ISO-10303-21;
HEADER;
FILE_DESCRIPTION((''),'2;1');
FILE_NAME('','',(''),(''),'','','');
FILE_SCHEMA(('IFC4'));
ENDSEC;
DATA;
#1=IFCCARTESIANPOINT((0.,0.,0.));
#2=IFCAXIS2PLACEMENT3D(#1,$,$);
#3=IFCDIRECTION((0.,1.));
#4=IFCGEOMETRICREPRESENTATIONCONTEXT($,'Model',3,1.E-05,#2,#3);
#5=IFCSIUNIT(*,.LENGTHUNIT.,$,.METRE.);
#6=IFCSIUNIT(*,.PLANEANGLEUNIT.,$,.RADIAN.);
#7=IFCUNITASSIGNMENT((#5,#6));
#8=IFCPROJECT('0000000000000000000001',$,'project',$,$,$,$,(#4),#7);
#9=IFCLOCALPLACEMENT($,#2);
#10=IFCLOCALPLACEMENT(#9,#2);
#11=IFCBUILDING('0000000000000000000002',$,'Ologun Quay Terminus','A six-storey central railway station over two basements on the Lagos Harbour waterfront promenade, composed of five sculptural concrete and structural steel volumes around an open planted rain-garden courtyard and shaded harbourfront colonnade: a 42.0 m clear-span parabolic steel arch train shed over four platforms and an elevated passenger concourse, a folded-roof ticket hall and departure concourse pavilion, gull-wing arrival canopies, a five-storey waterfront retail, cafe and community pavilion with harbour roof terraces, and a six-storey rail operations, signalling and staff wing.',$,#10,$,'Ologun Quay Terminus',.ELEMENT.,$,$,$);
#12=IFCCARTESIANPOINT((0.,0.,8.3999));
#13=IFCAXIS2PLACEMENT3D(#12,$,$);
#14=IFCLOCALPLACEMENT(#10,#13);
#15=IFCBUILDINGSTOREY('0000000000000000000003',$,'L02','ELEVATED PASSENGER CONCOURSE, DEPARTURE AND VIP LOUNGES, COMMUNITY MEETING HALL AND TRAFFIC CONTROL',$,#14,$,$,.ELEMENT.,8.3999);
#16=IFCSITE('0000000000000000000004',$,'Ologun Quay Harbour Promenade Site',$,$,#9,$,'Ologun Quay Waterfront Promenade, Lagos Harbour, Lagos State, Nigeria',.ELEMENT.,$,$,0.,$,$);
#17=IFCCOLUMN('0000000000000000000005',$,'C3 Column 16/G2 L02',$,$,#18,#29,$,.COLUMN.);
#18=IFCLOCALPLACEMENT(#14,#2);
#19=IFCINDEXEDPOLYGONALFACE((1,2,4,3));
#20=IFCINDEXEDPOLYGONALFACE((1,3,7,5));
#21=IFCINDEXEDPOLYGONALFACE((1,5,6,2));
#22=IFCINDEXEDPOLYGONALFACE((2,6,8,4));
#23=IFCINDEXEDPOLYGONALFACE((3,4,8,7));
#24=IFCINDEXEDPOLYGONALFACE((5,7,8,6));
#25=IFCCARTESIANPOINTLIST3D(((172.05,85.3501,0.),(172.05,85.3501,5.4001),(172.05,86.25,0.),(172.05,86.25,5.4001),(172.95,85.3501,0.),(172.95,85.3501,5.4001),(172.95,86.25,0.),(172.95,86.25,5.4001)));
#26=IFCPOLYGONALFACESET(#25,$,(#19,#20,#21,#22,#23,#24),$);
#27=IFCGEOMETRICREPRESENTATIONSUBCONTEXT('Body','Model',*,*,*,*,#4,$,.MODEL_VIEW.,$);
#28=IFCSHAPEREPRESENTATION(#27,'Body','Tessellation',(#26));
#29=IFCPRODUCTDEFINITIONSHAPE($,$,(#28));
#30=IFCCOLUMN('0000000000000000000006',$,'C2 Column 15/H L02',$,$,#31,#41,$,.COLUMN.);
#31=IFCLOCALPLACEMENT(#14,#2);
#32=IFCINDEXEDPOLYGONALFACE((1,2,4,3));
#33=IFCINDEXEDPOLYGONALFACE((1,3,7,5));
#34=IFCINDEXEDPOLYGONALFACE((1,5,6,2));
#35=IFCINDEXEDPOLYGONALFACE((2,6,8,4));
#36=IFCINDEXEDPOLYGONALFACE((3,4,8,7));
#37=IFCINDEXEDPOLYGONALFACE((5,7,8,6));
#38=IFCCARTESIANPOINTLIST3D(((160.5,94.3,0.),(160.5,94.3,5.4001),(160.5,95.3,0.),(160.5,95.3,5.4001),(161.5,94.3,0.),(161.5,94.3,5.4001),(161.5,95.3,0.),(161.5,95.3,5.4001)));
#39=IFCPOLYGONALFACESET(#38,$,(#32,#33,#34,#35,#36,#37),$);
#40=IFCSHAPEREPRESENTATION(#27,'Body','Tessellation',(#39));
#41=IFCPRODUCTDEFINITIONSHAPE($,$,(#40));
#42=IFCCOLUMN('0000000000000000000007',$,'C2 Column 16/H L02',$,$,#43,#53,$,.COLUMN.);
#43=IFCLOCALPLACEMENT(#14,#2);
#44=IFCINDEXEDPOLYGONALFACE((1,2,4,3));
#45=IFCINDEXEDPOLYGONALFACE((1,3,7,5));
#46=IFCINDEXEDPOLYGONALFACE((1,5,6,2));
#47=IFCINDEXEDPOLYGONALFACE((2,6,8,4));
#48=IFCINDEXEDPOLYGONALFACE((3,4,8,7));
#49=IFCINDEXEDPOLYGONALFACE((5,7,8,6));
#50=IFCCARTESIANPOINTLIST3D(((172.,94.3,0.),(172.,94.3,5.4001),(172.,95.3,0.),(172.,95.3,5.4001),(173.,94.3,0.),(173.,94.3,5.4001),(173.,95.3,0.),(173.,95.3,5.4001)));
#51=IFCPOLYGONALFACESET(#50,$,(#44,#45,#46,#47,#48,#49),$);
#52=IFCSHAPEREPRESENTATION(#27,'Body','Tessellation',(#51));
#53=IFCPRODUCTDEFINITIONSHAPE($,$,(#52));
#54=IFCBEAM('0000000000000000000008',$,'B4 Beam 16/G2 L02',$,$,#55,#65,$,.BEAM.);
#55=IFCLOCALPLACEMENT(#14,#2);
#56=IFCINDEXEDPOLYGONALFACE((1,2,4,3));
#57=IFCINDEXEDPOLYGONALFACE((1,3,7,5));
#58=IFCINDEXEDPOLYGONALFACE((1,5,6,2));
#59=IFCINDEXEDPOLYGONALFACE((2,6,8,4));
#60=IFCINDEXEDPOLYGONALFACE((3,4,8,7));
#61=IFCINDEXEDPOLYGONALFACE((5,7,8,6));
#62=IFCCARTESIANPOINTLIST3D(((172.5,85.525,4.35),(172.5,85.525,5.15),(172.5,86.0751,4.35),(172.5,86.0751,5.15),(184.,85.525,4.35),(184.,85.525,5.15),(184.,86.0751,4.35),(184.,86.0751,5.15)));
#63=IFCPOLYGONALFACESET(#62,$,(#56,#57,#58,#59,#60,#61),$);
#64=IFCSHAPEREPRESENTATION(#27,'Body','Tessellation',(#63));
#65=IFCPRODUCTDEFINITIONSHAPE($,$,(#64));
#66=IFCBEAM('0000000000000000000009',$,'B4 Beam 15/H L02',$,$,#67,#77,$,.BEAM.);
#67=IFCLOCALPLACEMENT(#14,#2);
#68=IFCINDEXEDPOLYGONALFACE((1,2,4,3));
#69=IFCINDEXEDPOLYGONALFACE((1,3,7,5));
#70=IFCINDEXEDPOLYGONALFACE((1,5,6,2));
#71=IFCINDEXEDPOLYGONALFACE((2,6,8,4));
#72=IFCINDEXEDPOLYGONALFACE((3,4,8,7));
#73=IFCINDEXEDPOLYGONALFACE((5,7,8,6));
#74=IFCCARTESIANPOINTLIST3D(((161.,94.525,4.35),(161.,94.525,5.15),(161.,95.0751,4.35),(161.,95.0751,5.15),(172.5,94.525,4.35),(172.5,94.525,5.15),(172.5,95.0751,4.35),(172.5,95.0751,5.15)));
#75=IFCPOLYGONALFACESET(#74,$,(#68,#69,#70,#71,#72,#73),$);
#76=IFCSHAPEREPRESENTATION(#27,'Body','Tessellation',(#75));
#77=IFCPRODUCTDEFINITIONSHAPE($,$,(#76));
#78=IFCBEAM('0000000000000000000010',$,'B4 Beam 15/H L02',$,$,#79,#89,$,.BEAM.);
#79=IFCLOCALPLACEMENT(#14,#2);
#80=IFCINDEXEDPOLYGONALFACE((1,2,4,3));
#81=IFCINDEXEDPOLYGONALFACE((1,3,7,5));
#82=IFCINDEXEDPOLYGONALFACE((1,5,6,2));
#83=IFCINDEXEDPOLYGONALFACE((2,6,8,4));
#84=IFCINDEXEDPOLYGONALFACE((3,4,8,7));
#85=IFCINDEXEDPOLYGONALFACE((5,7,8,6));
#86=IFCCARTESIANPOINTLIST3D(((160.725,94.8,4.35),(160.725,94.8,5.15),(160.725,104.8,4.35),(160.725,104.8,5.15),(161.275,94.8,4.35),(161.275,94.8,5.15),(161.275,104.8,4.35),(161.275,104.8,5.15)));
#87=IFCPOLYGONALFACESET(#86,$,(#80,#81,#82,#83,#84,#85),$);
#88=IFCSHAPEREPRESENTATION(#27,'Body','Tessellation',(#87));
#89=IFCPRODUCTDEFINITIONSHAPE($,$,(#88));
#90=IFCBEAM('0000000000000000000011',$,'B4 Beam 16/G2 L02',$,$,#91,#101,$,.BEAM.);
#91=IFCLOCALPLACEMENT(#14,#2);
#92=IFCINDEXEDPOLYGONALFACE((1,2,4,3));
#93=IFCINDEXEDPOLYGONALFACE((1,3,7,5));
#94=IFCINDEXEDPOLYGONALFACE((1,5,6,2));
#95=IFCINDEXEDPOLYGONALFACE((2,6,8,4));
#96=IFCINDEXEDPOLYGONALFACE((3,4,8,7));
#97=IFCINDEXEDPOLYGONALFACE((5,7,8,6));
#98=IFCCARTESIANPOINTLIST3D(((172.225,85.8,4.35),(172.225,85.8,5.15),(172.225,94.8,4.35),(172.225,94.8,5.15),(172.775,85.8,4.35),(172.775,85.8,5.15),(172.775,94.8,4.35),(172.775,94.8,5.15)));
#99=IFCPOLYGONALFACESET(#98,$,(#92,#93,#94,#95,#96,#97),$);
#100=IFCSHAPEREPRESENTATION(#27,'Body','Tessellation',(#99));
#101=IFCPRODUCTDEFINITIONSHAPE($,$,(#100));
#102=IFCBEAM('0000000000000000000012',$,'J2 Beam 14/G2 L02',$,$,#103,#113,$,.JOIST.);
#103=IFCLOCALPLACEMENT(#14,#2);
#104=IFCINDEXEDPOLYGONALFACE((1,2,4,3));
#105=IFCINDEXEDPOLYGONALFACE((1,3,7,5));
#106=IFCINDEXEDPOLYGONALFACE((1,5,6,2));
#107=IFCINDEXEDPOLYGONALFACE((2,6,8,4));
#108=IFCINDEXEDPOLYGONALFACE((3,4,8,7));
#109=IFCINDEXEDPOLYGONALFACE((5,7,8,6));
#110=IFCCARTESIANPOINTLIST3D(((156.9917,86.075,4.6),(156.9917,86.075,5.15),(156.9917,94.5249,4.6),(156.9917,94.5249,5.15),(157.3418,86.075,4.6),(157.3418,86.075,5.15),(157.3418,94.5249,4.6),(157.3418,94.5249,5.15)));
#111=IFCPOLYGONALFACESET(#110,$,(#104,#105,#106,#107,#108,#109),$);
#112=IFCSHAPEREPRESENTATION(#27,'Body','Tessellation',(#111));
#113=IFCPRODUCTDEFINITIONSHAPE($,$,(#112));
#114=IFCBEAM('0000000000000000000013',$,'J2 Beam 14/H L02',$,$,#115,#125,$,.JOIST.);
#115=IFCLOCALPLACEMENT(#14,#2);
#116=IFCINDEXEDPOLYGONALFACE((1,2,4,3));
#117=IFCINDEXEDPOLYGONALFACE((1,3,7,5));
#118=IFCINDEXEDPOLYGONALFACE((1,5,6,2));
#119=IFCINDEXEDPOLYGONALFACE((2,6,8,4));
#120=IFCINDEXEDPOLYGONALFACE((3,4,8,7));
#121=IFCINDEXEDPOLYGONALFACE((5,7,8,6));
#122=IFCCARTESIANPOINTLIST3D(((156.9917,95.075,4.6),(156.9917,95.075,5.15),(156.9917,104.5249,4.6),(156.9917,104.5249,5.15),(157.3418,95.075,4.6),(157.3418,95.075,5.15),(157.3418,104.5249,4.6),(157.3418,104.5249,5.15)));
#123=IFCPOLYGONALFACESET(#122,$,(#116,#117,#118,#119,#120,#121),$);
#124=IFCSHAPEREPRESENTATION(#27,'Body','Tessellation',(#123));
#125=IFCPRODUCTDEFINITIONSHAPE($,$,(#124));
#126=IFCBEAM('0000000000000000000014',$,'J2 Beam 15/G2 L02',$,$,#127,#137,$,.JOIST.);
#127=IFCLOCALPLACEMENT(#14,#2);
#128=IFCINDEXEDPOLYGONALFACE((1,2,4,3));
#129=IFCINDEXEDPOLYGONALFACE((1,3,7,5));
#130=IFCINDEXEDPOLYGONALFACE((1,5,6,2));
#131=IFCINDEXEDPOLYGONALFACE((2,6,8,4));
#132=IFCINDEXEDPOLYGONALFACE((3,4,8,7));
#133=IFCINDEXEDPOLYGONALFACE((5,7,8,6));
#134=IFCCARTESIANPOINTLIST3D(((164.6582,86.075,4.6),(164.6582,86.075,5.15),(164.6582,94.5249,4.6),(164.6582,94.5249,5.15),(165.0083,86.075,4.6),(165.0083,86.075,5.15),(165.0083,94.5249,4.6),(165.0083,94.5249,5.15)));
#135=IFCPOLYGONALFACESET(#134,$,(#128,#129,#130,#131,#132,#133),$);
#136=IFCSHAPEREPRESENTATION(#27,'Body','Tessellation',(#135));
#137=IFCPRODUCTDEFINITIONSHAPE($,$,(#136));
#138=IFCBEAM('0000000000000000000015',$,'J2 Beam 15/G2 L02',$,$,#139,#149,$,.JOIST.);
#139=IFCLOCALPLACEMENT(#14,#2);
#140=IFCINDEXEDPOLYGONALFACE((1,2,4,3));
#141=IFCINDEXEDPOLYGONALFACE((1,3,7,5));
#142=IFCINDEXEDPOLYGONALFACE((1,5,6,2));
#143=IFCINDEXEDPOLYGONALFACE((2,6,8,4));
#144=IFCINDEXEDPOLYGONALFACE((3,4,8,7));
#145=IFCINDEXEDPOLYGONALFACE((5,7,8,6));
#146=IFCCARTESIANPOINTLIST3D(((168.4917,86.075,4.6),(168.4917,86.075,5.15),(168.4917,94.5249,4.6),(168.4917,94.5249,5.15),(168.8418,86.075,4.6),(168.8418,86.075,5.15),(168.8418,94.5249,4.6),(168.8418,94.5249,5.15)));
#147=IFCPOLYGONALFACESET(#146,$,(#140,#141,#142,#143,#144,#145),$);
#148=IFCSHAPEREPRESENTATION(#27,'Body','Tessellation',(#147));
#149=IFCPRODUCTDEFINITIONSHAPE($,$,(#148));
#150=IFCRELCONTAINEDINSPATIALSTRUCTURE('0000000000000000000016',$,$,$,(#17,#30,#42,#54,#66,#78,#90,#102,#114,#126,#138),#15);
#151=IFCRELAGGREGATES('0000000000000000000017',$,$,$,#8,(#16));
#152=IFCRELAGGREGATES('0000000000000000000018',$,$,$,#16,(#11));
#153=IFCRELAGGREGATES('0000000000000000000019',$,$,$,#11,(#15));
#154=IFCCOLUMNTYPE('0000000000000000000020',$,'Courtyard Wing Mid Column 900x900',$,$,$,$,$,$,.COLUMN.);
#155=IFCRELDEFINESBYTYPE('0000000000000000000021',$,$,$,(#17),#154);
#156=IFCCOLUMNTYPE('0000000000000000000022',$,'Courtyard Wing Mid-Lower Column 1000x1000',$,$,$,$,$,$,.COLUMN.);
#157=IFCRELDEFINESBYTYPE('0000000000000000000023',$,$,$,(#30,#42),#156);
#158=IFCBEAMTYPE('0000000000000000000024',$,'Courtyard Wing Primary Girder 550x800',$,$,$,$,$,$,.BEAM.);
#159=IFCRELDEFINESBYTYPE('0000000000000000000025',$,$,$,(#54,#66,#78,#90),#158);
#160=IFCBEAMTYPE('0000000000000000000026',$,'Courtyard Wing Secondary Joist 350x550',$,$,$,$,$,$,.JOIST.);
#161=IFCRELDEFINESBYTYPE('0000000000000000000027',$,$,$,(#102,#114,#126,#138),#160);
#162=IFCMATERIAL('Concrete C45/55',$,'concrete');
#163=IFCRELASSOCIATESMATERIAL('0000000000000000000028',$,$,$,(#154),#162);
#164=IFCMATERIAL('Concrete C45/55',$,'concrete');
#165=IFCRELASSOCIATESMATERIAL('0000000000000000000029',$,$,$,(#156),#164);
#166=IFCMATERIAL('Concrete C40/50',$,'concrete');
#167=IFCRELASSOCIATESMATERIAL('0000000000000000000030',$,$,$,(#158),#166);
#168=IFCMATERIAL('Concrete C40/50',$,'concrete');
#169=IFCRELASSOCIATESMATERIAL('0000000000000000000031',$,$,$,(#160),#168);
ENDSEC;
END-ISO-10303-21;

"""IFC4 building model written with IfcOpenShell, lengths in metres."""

from ifc_helpers import new_model, si_unit, direction, frame, origin, origin_2d, place, context, subcontext, project, spatial, rectangle, extrude, material, material_profile, profile_set, type_object, element, save


model = new_model("IFC4")

# Units and contexts
model_context = context("Model", 3, precision=1e-05, world=origin(), true_north=direction((0.0, 1.0)))
body_context = subcontext(model_context, "Body", "Model", "MODEL_VIEW")
ifc_project = project(units=[si_unit("LENGTHUNIT", "METRE"), si_unit("PLANEANGLEUNIT", "RADIAN")], contexts=[model_context])

# Site, building, storey
site_placement = place(None, origin())
site = spatial("IfcSite", under=ifc_project, at=site_placement, Name="Ologun Quay Harbour Promenade Site", LongName="Ologun Quay Waterfront Promenade, Lagos Harbour, Lagos State, Nigeria", CompositionType="ELEMENT", RefElevation=0.0)
building_placement = place(site_placement, origin())
building = spatial("IfcBuilding", under=site, at=building_placement, Name="Ologun Quay Terminus", Description="A six-storey central railway station over two basements on the Lagos Harbour waterfront promenade, composed of five sculptural concrete and structural steel volumes around an open planted rain-garden courtyard and shaded harbourfront colonnade: a 42.0 m clear-span parabolic steel arch train shed over four platforms and an elevated passenger concourse, a folded-roof ticket hall and departure concourse pavilion, gull-wing arrival canopies, a five-storey waterfront retail, cafe and community pavilion with harbour roof terraces, and a six-storey rail operations, signalling and staff wing.", LongName="Ologun Quay Terminus", CompositionType="ELEMENT")
storey_placement = place(building_placement, frame((0.0, 0.0, 8.3999)))
storey = spatial("IfcBuildingStorey", under=building, at=storey_placement, Name="L02", Description="ELEVATED PASSENGER CONCOURSE, DEPARTURE AND VIP LOUNGES, COMMUNITY MEETING HALL AND TRAFFIC CONTROL", CompositionType="ELEMENT", Elevation=8.3999)

# Columns
ifc_material_1 = material(Name="Concrete C45/55", Category="concrete")
ifc_material_profile_1 = material_profile(ifc_material_1, rectangle(XDim=0.8999, YDim=0.8999, at=origin_2d()), Name="RC 900x900")
ifc_profile_set_1 = profile_set([ifc_material_profile_1], Name="Concrete C45/55")
column_type_1 = type_object("IfcColumnType", Name="Courtyard Wing Mid Column 900x900", PredefinedType="COLUMN", material=ifc_profile_set_1)
column_placement = place(storey_placement, frame((172.5, 85.8, 0.0), z_axis=(0.0, 0.0, 1.0), x_axis=(1.0, 0.0, 0.0)))
element("IfcColumn", 1, at=column_placement, inside=storey, type_object=column_type_1, Name="C3 Column 16/G2 L02", PredefinedType="COLUMN", context=body_context, shape_type="SweptSolid", body=[
    extrude(rectangle(XDim=0.8999, YDim=0.8999, at=origin_2d()), origin(), (0.0, 0.0, 1.0), 5.4001),
])
ifc_material_2 = material(Name="Concrete C45/55", Category="concrete")
ifc_material_profile_2 = material_profile(ifc_material_2, rectangle(XDim=1.0, YDim=1.0, at=origin_2d()), Name="RC 1000x1000")
ifc_profile_set_2 = profile_set([ifc_material_profile_2], Name="Concrete C45/55")
column_type_2 = type_object("IfcColumnType", Name="Courtyard Wing Mid-Lower Column 1000x1000", PredefinedType="COLUMN", material=ifc_profile_set_2)
for number, where, z_axis, x_axis, name in (
    (2, (161.0, 94.8, 0.0), (0.0, 0.0, 1.0), (1.0, 0.0, 0.0), "C2 Column 15/H L02"),
    (3, (172.5, 94.8, 0.0), (0.0, 0.0, 1.0), (1.0, 0.0, 0.0), "C2 Column 16/H L02"),
):
    element("IfcColumn", number, at=place(storey_placement, frame(where, z_axis=z_axis, x_axis=x_axis)), inside=storey, type_object=column_type_2, Name=name, PredefinedType="COLUMN", context=body_context, shape_type="SweptSolid", body=[
        extrude(rectangle(XDim=1.0, YDim=1.0, at=origin_2d()), origin(), (0.0, 0.0, 1.0), 5.4001),
    ])

# Beams
ifc_material_3 = material(Name="Concrete C40/50", Category="concrete")
ifc_material_profile_3 = material_profile(ifc_material_3, rectangle(XDim=0.55, YDim=0.8, at=origin_2d()), Name="RC 550x800")
ifc_profile_set_3 = profile_set([ifc_material_profile_3], Name="Concrete C40/50")
beam_type_1 = type_object("IfcBeamType", Name="Courtyard Wing Primary Girder 550x800", PredefinedType="BEAM", material=ifc_profile_set_3)
for number, where, z_axis, x_axis, name in (
    (4, (172.5, 85.8, 4.75), (1.0, 0.0, 0.0), (0.0, 1.0, 0.0), "B4 Beam 16/G2 L02"),
    (5, (161.0, 94.8, 4.75), (1.0, 0.0, 0.0), (0.0, 1.0, 0.0), "B4 Beam 15/H L02"),
):
    element("IfcBeam", number, at=place(storey_placement, frame(where, z_axis=z_axis, x_axis=x_axis)), inside=storey, type_object=beam_type_1, Name=name, PredefinedType="BEAM", context=body_context, shape_type="SweptSolid", body=[
        extrude(rectangle(XDim=0.55, YDim=0.8, at=origin_2d()), origin(), (0.0, 0.0, 1.0), 11.5),
    ])
beam_1_placement = place(storey_placement, frame((161.0, 94.8, 4.75), z_axis=(0.0, 1.0, 0.0), x_axis=(-1.0, 0.0, 0.0)))
element("IfcBeam", 6, at=beam_1_placement, inside=storey, type_object=beam_type_1, Name="B4 Beam 15/H L02", PredefinedType="BEAM", context=body_context, shape_type="SweptSolid", body=[
    extrude(rectangle(XDim=0.55, YDim=0.8, at=origin_2d()), origin(), (0.0, 0.0, 1.0), 10.0),
])
beam_2_placement = place(storey_placement, frame((172.5, 85.8, 4.75), z_axis=(0.0, 1.0, 0.0), x_axis=(-1.0, 0.0, 0.0)))
element("IfcBeam", 7, at=beam_2_placement, inside=storey, type_object=beam_type_1, Name="B4 Beam 16/G2 L02", PredefinedType="BEAM", context=body_context, shape_type="SweptSolid", body=[
    extrude(rectangle(XDim=0.55, YDim=0.8, at=origin_2d()), origin(), (0.0, 0.0, 1.0), 9.0),
])
ifc_material_4 = material(Name="Concrete C40/50", Category="concrete")
ifc_material_profile_4 = material_profile(ifc_material_4, rectangle(XDim=0.3501, YDim=0.55, at=origin_2d()), Name="RC 350x550")
ifc_profile_set_4 = profile_set([ifc_material_profile_4], Name="Concrete C40/50")
beam_type_2 = type_object("IfcBeamType", Name="Courtyard Wing Secondary Joist 350x550", PredefinedType="JOIST", material=ifc_profile_set_4)
beam_3_placement = place(storey_placement, frame((157.1667, 86.075, 4.875), z_axis=(0.0, 1.0, 0.0), x_axis=(-1.0, 0.0, 0.0)))
element("IfcBeam", 8, at=beam_3_placement, inside=storey, type_object=beam_type_2, Name="J2 Beam 14/G2 L02", PredefinedType="JOIST", context=body_context, shape_type="SweptSolid", body=[
    extrude(rectangle(XDim=0.3501, YDim=0.55, at=origin_2d()), origin(), (0.0, 0.0, 1.0), 8.45),
])
beam_4_placement = place(storey_placement, frame((157.1667, 95.075, 4.875), z_axis=(0.0, 1.0, 0.0), x_axis=(-1.0, 0.0, 0.0)))
element("IfcBeam", 9, at=beam_4_placement, inside=storey, type_object=beam_type_2, Name="J2 Beam 14/H L02", PredefinedType="JOIST", context=body_context, shape_type="SweptSolid", body=[
    extrude(rectangle(XDim=0.3501, YDim=0.55, at=origin_2d()), origin(), (0.0, 0.0, 1.0), 9.45),
])
for number, where, z_axis, x_axis, name in (
    (10, (164.8333, 86.075, 4.875), (0.0, 1.0, 0.0), (-1.0, 0.0, 0.0), "J2 Beam 15/G2 L02"),
    (11, (168.6667, 86.075, 4.875), (0.0, 1.0, 0.0), (-1.0, 0.0, 0.0), "J2 Beam 15/G2 L02"),
):
    element("IfcBeam", number, at=place(storey_placement, frame(where, z_axis=z_axis, x_axis=x_axis)), inside=storey, type_object=beam_type_2, Name=name, PredefinedType="JOIST", context=body_context, shape_type="SweptSolid", body=[
        extrude(rectangle(XDim=0.3501, YDim=0.55, at=origin_2d()), origin(), (0.0, 0.0, 1.0), 8.45),
    ])

save(model, "model.ifc")
